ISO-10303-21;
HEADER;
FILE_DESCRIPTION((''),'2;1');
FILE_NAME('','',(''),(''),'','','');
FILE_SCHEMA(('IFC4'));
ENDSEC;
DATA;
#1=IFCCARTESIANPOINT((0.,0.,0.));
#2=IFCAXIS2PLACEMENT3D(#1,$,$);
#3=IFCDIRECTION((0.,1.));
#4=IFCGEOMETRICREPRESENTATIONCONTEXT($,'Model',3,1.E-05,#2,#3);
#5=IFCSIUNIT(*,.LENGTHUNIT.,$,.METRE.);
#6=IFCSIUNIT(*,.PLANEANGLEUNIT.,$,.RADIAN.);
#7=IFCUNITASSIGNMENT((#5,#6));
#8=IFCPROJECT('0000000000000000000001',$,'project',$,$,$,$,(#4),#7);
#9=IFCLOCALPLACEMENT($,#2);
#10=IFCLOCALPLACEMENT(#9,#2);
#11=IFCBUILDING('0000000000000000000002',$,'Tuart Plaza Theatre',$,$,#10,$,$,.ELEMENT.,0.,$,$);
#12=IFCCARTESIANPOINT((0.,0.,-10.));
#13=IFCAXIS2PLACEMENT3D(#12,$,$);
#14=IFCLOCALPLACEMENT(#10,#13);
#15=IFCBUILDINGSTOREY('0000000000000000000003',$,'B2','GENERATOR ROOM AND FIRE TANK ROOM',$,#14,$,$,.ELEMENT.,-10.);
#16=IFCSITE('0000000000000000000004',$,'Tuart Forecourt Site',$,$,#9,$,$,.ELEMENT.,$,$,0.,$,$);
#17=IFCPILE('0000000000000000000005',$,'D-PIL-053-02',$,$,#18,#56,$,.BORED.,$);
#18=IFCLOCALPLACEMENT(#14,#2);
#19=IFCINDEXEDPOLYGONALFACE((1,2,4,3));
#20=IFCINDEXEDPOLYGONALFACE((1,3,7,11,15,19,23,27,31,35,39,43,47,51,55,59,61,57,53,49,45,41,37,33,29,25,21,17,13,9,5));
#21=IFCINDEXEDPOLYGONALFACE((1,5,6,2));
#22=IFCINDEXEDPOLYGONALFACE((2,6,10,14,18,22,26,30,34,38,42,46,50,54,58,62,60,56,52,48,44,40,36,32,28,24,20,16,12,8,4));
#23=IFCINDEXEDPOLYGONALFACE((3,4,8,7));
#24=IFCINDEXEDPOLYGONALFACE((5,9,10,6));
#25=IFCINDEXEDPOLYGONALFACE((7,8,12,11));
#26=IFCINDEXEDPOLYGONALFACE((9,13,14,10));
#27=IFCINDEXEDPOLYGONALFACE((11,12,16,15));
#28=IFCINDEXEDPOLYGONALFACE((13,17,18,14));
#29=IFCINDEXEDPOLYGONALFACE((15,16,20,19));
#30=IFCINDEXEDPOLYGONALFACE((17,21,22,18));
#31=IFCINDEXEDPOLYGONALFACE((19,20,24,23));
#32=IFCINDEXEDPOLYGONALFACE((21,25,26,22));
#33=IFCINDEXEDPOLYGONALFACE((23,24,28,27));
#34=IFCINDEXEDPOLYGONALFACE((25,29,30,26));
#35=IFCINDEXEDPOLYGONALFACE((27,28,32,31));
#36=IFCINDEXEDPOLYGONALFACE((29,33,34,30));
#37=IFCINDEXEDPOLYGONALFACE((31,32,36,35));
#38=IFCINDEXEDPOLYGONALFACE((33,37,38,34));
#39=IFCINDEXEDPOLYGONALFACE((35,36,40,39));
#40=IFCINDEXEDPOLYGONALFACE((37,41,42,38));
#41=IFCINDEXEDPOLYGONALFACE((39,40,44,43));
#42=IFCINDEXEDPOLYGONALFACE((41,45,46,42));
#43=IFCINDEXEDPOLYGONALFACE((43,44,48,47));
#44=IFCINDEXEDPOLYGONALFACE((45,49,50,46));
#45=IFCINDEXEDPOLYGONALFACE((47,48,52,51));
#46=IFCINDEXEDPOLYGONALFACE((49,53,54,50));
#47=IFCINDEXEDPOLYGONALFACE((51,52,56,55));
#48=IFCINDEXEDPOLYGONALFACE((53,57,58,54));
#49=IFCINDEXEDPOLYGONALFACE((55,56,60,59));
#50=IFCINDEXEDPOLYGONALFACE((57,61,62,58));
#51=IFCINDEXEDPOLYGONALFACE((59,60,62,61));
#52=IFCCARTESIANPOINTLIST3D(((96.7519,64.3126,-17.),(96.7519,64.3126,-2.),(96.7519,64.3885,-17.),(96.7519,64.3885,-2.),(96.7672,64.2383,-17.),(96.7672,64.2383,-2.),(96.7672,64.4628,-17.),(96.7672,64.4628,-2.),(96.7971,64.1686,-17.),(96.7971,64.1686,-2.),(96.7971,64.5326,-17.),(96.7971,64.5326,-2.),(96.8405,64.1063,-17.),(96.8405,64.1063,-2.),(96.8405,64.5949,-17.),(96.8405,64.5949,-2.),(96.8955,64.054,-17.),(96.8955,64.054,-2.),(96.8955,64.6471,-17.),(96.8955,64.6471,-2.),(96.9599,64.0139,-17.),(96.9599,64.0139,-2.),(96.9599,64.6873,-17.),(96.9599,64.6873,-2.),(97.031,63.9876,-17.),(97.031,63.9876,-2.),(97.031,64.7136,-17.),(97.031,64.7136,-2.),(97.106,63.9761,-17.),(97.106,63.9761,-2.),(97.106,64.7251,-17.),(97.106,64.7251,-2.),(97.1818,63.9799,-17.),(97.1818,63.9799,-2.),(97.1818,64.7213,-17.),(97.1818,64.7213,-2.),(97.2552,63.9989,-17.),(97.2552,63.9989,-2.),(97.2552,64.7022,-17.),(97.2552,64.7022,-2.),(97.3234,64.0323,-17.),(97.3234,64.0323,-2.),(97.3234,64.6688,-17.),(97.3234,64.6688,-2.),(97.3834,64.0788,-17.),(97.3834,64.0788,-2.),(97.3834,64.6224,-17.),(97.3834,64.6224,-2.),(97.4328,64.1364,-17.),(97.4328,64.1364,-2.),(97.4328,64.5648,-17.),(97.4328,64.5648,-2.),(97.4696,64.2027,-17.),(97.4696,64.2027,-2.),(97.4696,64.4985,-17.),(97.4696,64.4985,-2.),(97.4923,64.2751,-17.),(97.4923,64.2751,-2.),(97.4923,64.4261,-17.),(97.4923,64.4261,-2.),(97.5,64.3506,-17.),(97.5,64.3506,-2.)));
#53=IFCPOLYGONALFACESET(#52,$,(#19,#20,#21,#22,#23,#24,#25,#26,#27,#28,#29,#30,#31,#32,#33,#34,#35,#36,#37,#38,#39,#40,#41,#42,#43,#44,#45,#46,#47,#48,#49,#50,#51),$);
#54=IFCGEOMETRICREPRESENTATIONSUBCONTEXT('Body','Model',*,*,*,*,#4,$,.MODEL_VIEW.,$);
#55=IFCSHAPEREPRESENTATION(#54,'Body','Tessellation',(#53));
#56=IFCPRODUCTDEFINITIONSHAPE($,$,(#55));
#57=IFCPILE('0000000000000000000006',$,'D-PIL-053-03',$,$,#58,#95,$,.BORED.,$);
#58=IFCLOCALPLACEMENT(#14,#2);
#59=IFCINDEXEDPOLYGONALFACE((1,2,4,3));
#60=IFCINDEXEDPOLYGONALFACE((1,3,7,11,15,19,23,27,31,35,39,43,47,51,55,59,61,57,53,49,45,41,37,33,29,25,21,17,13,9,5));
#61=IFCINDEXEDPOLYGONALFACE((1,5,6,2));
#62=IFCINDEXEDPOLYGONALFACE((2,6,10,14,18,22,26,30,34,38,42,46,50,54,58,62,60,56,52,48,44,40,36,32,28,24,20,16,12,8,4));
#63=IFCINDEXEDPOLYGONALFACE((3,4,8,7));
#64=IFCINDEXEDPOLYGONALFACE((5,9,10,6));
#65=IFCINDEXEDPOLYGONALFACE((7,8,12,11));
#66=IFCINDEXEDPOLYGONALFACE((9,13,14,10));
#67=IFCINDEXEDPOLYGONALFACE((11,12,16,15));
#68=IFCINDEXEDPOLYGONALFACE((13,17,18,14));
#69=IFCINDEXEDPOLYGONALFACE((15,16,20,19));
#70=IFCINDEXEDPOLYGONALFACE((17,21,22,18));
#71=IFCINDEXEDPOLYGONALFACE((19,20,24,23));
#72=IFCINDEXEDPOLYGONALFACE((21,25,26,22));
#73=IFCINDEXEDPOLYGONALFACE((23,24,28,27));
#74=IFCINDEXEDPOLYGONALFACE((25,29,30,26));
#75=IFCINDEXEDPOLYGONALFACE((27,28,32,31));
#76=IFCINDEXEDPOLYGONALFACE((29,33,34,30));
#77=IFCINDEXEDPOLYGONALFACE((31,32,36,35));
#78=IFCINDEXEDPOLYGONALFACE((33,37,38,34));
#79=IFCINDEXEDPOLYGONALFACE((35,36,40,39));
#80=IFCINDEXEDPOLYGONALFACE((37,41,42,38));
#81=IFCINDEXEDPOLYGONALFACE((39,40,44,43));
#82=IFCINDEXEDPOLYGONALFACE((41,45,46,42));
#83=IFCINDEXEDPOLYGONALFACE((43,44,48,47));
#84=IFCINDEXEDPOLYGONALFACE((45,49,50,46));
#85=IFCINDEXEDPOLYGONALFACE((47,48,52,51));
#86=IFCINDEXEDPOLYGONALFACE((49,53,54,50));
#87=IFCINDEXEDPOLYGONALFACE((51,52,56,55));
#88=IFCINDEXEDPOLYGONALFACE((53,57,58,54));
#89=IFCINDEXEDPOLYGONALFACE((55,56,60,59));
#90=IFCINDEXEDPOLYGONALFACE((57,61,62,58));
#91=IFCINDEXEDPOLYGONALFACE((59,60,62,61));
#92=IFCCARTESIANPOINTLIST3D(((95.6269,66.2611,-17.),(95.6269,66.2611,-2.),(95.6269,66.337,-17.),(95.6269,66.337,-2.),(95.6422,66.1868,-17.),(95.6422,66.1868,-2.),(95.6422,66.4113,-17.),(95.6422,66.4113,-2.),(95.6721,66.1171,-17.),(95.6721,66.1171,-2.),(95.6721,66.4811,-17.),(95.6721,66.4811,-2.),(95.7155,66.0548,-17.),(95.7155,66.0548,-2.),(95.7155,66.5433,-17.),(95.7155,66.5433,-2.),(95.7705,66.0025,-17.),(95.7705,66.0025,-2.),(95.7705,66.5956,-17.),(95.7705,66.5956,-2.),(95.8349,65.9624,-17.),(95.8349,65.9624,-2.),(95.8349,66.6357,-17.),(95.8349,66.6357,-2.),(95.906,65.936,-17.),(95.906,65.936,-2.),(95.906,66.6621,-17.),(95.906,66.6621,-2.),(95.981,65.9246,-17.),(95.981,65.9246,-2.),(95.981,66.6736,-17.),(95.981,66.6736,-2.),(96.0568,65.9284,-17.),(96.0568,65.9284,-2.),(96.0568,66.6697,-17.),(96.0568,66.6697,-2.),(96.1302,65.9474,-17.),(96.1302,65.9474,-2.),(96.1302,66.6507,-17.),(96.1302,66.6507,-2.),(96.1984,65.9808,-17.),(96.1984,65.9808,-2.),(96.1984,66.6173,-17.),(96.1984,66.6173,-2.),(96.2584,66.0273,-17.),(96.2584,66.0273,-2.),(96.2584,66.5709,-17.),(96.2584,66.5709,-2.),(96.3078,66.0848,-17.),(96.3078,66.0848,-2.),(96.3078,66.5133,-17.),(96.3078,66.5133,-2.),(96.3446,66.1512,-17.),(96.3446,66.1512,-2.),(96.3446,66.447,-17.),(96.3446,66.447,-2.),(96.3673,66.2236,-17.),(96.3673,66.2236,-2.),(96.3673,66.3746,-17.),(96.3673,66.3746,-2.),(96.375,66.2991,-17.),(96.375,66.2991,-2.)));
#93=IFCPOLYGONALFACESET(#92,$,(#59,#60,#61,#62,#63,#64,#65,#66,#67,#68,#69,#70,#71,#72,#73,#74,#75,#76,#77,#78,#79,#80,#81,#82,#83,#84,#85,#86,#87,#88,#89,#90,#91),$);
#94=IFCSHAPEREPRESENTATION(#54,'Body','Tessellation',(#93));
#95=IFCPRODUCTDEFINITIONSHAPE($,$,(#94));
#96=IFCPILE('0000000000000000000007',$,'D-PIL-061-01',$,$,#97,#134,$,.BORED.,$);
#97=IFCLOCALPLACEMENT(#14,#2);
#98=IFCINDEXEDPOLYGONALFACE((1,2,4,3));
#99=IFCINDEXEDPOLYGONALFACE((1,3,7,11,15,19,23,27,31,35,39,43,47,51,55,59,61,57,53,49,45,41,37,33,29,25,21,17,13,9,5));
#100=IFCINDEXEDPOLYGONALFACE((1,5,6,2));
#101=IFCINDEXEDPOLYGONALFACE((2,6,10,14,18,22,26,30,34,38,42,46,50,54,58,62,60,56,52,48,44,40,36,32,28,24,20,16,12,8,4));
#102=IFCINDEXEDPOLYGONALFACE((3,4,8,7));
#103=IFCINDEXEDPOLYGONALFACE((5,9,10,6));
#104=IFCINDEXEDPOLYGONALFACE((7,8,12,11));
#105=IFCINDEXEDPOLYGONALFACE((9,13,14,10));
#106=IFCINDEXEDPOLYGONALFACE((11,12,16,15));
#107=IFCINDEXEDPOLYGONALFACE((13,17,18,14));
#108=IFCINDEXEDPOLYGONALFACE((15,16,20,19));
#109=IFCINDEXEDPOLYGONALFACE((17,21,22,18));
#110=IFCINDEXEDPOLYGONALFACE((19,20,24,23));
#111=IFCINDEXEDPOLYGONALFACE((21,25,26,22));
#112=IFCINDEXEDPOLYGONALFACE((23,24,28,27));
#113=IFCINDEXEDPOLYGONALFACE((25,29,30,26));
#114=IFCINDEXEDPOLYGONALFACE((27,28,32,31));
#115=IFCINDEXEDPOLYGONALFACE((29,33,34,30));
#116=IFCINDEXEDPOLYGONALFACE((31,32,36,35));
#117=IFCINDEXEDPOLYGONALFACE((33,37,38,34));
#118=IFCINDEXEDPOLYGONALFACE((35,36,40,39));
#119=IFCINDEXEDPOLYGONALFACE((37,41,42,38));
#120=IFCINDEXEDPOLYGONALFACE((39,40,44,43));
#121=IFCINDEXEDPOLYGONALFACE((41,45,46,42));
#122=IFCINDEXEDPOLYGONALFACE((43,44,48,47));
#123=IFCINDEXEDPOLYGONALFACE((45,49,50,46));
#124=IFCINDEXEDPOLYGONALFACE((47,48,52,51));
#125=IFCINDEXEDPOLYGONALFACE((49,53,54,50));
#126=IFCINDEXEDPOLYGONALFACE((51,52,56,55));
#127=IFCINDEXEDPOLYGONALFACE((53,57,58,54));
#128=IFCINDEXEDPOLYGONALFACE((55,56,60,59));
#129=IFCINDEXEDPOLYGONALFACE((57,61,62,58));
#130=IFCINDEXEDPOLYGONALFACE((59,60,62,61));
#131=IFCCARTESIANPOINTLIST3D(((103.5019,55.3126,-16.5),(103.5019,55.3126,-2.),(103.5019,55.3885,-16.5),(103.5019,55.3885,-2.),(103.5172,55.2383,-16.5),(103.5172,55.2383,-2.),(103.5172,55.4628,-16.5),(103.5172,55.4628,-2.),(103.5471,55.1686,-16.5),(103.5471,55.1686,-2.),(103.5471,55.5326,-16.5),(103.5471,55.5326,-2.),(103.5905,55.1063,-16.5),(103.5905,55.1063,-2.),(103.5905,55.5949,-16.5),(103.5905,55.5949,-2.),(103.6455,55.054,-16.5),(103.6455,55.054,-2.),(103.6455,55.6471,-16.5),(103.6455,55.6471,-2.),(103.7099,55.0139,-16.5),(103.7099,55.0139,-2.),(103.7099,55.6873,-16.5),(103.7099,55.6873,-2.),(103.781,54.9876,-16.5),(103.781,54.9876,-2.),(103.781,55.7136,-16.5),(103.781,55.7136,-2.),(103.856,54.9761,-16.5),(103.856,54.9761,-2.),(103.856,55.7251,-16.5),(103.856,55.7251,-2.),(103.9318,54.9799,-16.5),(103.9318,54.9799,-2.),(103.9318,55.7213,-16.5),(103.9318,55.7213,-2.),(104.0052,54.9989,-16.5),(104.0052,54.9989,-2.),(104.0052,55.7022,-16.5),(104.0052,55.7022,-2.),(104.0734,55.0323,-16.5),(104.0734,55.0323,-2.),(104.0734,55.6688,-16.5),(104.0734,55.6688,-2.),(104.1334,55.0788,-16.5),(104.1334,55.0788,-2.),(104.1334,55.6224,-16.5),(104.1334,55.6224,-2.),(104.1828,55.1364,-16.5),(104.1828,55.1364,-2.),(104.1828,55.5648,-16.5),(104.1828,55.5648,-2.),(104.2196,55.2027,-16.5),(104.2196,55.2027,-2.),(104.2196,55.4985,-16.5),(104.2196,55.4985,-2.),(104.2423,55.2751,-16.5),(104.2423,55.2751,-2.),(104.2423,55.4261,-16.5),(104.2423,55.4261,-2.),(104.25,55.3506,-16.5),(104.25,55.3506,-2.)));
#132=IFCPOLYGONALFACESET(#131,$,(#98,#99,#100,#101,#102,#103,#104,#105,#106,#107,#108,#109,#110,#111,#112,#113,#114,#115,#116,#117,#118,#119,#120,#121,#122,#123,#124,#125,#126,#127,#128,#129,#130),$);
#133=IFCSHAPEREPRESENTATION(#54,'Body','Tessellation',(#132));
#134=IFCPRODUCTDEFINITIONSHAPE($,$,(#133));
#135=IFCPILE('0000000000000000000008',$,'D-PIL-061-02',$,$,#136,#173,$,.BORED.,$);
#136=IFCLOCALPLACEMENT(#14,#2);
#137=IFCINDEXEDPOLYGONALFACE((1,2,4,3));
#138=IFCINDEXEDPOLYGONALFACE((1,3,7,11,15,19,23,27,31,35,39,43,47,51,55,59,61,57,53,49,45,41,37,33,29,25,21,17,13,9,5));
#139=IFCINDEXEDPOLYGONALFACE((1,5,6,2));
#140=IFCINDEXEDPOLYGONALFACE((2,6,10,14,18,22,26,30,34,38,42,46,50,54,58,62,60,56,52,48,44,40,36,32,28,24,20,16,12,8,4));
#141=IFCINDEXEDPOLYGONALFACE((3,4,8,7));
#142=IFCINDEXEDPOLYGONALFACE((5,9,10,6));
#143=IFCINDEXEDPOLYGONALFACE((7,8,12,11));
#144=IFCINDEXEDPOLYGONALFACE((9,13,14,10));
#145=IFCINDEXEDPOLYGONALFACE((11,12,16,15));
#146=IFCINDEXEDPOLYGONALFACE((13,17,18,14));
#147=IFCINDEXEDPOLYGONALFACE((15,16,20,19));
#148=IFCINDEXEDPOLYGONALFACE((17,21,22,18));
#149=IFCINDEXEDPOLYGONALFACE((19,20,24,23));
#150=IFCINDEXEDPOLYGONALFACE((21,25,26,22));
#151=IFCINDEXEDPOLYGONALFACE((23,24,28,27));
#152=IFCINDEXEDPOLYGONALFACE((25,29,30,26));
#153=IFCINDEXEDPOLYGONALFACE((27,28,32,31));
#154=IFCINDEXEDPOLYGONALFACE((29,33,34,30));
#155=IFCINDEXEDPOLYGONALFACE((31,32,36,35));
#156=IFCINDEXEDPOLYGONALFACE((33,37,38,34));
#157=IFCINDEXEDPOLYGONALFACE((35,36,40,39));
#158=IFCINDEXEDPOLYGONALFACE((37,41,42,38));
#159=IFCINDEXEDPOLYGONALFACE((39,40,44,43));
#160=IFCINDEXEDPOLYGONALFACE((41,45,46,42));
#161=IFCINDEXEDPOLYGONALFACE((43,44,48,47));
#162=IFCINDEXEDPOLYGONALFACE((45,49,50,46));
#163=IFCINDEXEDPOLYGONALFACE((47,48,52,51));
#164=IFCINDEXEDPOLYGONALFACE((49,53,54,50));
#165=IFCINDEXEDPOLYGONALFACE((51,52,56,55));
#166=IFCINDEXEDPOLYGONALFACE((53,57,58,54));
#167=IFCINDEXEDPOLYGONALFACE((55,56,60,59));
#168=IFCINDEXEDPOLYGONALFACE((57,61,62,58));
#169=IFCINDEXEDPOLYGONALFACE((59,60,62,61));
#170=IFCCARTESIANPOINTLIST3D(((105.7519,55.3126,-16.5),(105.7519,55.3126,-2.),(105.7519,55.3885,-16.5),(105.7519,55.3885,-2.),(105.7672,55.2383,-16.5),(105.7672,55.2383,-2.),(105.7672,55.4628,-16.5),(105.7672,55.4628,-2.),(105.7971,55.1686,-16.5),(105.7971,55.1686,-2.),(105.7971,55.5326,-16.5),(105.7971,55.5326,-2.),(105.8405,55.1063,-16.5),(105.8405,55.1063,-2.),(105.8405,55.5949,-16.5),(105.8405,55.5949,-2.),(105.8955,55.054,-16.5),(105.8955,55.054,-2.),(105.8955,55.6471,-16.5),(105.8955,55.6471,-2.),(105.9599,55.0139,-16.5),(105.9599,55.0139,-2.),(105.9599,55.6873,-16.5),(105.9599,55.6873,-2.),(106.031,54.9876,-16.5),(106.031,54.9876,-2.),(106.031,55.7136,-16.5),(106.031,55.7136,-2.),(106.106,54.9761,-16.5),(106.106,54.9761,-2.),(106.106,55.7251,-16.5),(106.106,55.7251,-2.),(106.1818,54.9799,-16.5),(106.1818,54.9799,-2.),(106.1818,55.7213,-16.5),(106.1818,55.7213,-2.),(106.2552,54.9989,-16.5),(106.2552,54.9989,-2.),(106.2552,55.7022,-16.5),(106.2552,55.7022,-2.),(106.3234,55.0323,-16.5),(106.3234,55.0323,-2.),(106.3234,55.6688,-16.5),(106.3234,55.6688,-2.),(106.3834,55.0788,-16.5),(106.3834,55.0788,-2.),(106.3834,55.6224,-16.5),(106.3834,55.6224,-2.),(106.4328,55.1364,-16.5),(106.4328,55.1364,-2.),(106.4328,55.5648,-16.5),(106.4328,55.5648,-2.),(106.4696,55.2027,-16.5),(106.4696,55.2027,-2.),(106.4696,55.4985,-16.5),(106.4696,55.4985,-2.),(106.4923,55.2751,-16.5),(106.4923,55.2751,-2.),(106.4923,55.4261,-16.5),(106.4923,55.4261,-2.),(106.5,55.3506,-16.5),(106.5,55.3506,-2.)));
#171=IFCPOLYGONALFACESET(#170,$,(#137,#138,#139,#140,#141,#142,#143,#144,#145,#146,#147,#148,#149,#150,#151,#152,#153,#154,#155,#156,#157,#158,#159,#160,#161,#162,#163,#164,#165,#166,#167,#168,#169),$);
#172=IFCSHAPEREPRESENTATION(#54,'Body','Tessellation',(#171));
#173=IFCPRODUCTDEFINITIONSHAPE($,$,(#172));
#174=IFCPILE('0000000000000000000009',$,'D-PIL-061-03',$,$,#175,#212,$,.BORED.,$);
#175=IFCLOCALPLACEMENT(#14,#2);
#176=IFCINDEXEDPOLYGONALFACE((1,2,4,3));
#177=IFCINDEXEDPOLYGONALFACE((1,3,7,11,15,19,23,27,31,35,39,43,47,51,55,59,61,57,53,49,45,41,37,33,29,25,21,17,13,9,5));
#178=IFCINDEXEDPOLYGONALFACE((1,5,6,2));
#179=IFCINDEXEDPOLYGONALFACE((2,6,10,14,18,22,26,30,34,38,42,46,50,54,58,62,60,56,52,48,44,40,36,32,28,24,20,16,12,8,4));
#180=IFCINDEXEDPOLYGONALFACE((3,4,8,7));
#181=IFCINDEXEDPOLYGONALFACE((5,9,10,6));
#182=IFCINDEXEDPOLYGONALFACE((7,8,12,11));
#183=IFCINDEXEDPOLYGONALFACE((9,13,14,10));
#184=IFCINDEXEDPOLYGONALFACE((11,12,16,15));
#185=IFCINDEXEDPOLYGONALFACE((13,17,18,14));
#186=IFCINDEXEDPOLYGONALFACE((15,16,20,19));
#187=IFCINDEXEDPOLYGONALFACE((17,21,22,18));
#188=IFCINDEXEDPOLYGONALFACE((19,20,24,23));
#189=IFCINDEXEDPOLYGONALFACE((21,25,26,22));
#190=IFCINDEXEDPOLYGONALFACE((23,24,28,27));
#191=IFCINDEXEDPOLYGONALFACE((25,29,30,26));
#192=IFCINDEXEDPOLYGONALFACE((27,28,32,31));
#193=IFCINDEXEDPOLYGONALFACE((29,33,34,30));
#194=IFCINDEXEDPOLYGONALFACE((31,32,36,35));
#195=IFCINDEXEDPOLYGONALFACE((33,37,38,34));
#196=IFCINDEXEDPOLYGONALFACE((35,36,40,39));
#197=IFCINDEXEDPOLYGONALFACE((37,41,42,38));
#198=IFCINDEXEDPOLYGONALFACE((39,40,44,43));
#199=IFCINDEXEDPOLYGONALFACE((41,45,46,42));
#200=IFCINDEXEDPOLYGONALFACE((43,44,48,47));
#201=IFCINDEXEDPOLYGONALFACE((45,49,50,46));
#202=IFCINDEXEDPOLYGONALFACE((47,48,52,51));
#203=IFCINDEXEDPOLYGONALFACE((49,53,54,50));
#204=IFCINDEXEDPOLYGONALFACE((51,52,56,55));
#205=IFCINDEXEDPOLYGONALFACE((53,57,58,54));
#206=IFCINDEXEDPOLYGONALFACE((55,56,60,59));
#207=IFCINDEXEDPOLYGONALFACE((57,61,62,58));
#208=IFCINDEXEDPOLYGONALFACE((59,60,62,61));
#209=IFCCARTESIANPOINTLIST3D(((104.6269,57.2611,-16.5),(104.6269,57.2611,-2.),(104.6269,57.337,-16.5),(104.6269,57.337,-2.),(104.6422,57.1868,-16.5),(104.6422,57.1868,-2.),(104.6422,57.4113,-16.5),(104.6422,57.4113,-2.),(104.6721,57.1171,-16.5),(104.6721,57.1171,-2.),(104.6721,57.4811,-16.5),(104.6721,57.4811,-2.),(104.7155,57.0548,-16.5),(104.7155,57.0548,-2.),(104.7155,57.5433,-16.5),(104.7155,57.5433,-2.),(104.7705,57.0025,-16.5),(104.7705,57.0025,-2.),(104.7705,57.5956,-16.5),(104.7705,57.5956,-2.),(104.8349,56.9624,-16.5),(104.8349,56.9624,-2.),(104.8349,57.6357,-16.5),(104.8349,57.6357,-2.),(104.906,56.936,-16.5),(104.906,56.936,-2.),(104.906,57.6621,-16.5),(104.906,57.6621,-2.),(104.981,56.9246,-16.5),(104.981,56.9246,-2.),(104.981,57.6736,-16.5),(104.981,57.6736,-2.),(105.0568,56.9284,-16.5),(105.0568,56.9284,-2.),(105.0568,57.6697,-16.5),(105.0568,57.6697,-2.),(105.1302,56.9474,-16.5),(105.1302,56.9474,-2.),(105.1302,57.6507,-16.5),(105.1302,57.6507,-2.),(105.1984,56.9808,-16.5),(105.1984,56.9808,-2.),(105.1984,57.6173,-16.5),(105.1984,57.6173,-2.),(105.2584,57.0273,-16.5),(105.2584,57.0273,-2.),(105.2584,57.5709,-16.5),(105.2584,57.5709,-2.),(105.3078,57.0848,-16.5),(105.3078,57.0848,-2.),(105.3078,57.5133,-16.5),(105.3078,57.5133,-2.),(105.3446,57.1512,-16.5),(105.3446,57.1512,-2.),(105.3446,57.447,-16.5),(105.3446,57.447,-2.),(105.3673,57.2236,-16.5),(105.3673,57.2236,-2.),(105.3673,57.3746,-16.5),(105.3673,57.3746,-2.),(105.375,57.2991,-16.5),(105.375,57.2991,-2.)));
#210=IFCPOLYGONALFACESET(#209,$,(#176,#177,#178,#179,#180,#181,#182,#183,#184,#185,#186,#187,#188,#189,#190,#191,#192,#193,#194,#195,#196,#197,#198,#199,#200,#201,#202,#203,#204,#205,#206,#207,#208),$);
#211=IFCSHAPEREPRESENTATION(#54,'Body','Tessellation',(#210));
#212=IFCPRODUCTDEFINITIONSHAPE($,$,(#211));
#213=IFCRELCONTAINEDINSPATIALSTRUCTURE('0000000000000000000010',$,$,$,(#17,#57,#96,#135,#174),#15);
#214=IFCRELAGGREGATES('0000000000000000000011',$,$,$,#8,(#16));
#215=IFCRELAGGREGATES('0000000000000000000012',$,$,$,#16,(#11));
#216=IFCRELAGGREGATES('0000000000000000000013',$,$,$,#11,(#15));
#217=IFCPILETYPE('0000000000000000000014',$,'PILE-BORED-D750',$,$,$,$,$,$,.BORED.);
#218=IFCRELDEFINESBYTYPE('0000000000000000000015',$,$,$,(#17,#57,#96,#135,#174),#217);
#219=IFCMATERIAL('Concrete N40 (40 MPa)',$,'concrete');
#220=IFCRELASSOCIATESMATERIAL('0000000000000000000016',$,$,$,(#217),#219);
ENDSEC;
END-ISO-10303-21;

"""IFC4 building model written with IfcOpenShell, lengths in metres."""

from ifc_helpers import new_model, si_unit, direction, frame, origin, origin_2d, place, context, subcontext, project, spatial, circle, extrude, material, material_profile, profile_set, type_object, element, save


model = new_model("IFC4")

# Units and contexts
model_context = context("Model", 3, precision=1e-05, world=origin(), true_north=direction((0.0, 1.0)))
body_context = subcontext(model_context, "Body", "Model", "MODEL_VIEW")
ifc_project = project(units=[si_unit("LENGTHUNIT", "METRE"), si_unit("PLANEANGLEUNIT", "RADIAN")], contexts=[model_context])

# Site, building, storey
site_placement = place(None, origin())
site = spatial("IfcSite", under=ifc_project, at=site_placement, Name="Tuart Forecourt Site", CompositionType="ELEMENT", RefElevation=0.0)
building_placement = place(site_placement, origin())
building = spatial("IfcBuilding", under=site, at=building_placement, Name="Tuart Plaza Theatre", CompositionType="ELEMENT", ElevationOfRefHeight=0.0)
storey_placement = place(building_placement, frame((0.0, 0.0, -10.0)))
storey = spatial("IfcBuildingStorey", under=building, at=storey_placement, Name="B2", Description="GENERATOR ROOM AND FIRE TANK ROOM", CompositionType="ELEMENT", Elevation=-10.0)

# Piles
ifc_material_1 = material(Name="Concrete N40 (40 MPa)", Category="concrete")
ifc_material_profile_1 = material_profile(ifc_material_1, circle(Radius=0.375, at=origin_2d()), Name="PILE-BORED-D750")
ifc_profile_set_1 = profile_set([ifc_material_profile_1], Name="Concrete N40 (40 MPa)")
pile_type_1 = type_object("IfcPileType", Name="PILE-BORED-D750", PredefinedType="BORED", material=ifc_profile_set_1)
for number, where, z_axis, x_axis, name in (
    (1, (97.125, 64.3506, -2.0), (0.0, 0.0, -1.0), (1.0, 0.0, 0.0), "D-PIL-053-02"),
    (2, (96.0, 66.2991, -2.0), (0.0, 0.0, -1.0), (1.0, 0.0, 0.0), "D-PIL-053-03"),
):
    element("IfcPile", number, at=place(storey_placement, frame(where, z_axis=z_axis, x_axis=x_axis)), inside=storey, type_object=pile_type_1, Name=name, PredefinedType="BORED", context=body_context, shape_type="SweptSolid", body=[
        extrude(circle(Radius=0.375, at=origin_2d()), origin(), (0.0, 0.0, 1.0), 15.0),
    ])
for number, where, z_axis, x_axis, name in (
    (3, (103.875, 55.3506, -2.0), (0.0, 0.0, -1.0), (1.0, 0.0, 0.0), "D-PIL-061-01"),
    (4, (106.125, 55.3506, -2.0), (0.0, 0.0, -1.0), (1.0, 0.0, 0.0), "D-PIL-061-02"),
    (5, (105.0, 57.2991, -2.0), (0.0, 0.0, -1.0), (1.0, 0.0, 0.0), "D-PIL-061-03"),
):
    element("IfcPile", number, at=place(storey_placement, frame(where, z_axis=z_axis, x_axis=x_axis)), inside=storey, type_object=pile_type_1, Name=name, PredefinedType="BORED", context=body_context, shape_type="SweptSolid", body=[
        extrude(circle(Radius=0.375, at=origin_2d()), origin(), (0.0, 0.0, 1.0), 14.5),
    ])

save(model, "model.ifc")
